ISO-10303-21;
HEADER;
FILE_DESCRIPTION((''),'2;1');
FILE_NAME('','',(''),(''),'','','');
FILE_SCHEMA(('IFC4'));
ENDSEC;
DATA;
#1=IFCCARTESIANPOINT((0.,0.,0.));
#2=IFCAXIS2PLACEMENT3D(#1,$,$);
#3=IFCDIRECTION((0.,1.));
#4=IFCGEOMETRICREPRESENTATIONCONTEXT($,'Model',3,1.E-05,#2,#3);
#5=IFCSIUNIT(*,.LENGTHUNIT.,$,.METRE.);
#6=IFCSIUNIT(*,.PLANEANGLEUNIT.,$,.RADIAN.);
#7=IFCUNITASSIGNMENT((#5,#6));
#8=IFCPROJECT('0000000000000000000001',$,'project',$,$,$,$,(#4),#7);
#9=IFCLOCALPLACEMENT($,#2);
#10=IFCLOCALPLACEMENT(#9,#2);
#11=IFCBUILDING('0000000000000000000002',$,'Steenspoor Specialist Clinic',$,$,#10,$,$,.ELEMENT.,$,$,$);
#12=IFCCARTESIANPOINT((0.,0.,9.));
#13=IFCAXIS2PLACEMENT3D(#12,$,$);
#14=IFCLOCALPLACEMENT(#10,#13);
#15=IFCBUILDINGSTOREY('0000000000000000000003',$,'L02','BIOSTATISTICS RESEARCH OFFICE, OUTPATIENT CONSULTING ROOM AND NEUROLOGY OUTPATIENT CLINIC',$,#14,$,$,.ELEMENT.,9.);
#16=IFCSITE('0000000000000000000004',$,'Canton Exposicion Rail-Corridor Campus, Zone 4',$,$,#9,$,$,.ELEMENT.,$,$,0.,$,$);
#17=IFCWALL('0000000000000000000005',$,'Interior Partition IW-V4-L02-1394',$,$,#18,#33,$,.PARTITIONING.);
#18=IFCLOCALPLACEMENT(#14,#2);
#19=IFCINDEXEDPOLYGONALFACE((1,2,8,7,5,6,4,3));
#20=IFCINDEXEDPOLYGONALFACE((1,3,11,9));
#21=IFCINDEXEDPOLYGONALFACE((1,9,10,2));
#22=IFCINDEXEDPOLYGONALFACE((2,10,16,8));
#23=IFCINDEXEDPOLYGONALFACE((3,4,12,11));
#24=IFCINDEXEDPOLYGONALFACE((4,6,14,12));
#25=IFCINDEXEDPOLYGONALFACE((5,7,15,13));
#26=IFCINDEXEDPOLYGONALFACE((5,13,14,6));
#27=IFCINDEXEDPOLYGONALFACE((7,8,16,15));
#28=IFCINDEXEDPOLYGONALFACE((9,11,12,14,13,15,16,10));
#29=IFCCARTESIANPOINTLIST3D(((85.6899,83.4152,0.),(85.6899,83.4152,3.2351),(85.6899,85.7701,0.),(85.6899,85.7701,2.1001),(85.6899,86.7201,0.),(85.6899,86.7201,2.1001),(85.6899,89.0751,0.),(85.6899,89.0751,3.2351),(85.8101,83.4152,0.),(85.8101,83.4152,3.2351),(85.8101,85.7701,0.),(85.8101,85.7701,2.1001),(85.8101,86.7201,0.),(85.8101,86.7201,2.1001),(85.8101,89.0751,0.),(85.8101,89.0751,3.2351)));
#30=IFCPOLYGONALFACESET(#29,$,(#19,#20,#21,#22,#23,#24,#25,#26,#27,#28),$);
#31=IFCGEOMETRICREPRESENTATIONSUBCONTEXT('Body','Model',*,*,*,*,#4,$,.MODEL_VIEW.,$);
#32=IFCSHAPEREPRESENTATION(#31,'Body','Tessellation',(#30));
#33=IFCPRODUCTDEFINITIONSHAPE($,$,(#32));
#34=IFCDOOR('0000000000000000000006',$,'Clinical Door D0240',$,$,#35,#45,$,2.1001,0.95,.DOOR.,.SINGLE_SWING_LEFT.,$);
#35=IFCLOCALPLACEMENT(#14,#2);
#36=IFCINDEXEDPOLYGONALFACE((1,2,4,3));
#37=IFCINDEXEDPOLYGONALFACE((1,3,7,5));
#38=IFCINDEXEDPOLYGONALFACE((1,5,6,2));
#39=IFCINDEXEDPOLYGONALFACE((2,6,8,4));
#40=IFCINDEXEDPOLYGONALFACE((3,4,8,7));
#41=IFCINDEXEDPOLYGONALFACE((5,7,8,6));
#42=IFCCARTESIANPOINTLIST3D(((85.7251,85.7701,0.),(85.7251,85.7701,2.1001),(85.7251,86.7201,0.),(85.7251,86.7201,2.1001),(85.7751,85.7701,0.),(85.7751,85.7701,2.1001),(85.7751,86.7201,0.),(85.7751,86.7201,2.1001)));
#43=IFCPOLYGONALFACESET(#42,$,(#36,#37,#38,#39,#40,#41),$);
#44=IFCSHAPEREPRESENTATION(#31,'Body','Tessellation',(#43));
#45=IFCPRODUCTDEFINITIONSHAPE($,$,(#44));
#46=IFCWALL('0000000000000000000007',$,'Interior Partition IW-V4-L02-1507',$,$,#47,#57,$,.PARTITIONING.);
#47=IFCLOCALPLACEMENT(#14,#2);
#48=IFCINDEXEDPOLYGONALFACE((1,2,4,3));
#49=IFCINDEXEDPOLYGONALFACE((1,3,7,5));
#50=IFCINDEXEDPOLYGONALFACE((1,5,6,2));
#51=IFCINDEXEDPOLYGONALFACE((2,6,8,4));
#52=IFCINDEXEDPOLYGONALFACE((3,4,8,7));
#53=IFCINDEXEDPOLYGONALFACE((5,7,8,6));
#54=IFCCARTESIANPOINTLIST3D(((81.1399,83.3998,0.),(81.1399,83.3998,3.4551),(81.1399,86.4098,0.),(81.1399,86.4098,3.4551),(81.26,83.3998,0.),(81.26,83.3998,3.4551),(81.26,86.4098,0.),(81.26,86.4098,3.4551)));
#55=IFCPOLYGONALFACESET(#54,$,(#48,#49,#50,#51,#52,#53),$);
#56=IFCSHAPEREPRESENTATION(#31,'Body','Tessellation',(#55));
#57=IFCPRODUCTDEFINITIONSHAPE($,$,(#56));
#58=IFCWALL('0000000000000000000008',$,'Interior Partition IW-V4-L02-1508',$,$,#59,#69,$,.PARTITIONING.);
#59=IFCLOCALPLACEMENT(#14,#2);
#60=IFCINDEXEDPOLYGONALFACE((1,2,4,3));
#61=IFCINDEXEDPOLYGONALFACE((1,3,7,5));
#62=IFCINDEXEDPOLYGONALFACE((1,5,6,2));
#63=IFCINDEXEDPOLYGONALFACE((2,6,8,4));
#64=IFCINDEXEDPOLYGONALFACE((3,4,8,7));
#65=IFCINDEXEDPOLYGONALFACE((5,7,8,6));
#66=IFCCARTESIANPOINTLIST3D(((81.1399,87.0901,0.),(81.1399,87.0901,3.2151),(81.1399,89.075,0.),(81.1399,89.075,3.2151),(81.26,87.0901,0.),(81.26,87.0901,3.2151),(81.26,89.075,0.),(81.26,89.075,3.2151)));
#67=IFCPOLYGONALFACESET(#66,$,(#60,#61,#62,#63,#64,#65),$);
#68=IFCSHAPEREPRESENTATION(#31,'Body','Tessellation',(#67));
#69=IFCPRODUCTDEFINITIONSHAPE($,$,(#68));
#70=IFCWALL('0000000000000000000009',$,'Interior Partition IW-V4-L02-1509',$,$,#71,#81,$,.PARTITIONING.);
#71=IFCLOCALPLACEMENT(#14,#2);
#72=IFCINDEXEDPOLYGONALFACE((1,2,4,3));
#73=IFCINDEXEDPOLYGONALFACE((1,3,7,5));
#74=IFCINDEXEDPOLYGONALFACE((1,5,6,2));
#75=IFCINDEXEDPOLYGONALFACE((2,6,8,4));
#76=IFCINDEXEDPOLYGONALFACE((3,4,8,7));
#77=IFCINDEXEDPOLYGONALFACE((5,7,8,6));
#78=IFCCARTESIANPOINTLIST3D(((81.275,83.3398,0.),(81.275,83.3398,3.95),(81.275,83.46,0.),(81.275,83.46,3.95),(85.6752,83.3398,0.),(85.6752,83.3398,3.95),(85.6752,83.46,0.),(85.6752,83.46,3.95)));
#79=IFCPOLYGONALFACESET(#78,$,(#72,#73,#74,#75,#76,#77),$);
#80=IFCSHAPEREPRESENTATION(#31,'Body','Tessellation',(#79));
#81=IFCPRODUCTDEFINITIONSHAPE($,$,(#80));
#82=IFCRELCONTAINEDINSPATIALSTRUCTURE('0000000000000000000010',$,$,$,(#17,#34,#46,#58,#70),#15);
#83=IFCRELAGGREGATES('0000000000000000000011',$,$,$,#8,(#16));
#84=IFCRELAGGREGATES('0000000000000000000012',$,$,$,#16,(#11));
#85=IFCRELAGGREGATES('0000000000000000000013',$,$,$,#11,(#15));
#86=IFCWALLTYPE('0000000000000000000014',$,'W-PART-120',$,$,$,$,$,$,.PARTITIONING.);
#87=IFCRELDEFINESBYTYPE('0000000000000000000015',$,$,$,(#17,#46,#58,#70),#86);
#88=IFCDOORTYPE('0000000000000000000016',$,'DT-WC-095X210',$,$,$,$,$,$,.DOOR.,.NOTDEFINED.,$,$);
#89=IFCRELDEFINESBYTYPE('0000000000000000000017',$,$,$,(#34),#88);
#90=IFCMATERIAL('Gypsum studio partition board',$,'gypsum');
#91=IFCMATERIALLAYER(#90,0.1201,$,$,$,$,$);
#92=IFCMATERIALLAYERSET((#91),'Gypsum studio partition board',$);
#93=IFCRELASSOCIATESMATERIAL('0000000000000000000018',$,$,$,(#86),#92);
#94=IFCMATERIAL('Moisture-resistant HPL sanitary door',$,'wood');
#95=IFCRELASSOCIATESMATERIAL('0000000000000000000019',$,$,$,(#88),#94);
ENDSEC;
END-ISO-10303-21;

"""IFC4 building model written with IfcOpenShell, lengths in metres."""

from ifc_helpers import new_model, si_unit, direction, frame, frame_2d, origin, place, context, subcontext, project, spatial, rectangle, extrude, material, layer, layer_set, type_object, element, fill, save


model = new_model("IFC4")

# Units and contexts
model_context = context("Model", 3, precision=1e-05, world=origin(), true_north=direction((0.0, 1.0)))
body_context = subcontext(model_context, "Body", "Model", "MODEL_VIEW")
ifc_project = project(units=[si_unit("LENGTHUNIT", "METRE"), si_unit("PLANEANGLEUNIT", "RADIAN")], contexts=[model_context])

# Site, building, storey
site_placement = place(None, origin())
site = spatial("IfcSite", under=ifc_project, at=site_placement, Name="Canton Exposicion Rail-Corridor Campus, Zone 4", CompositionType="ELEMENT", RefElevation=0.0)
building_placement = place(site_placement, origin())
building = spatial("IfcBuilding", under=site, at=building_placement, Name="Steenspoor Specialist Clinic", CompositionType="ELEMENT")
storey_placement = place(building_placement, frame((0.0, 0.0, 9.0)))
storey = spatial("IfcBuildingStorey", under=building, at=storey_placement, Name="L02", Description="BIOSTATISTICS RESEARCH OFFICE, OUTPATIENT CONSULTING ROOM AND NEUROLOGY OUTPATIENT CLINIC", CompositionType="ELEMENT", Elevation=9.0)

# Shared definitions
ifc_material_1 = material(Name="Gypsum studio partition board", Category="gypsum")
ifc_layer_1 = layer(ifc_material_1, 0.1201)
ifc_layer_set_1 = layer_set([ifc_layer_1], Name="Gypsum studio partition board")
wall_type_1 = type_object("IfcWallType", Name="W-PART-120", PredefinedType="PARTITIONING", material=ifc_layer_set_1)

# Wall, opening, door
wall_1_placement = place(storey_placement, frame((85.75, 83.415, 0.0), z_axis=(0.0, 0.0, 1.0), x_axis=(0.0, 1.0, 0.0)))
wall_1 = element("IfcWall", 1, at=wall_1_placement, inside=storey, type_object=wall_type_1, Name="Interior Partition IW-V4-L02-1394", PredefinedType="PARTITIONING", context=body_context, shape_type="SweptSolid", body=[
    extrude(rectangle(XDim=5.6599, YDim=0.1201, at=frame_2d((2.8301, 0.0))), origin(), (0.0, 0.0, 1.0), 3.2351),
])
opening_1_placement = place(wall_1_placement, frame((2.355, 0.0, 0.0)))
opening_1 = element("IfcOpeningElement", 2, at=opening_1_placement, cuts=wall_1, PredefinedType="OPENING", context=body_context, shape_type="SweptSolid", body=[
    extrude(rectangle(XDim=0.95, YDim=2.1001, at=frame_2d((0.4751, 1.05))), frame((0.0, 0.0701, 0.0), z_axis=(0.0, -1.0, 0.0), x_axis=(1.0, 0.0, 0.0)), (0.0, 0.0, 1.0), 0.1401),
])
ifc_material_2 = material(Name="Moisture-resistant HPL sanitary door", Category="wood")
door_type_1 = type_object("IfcDoorType", Name="DT-WC-095X210", OperationType="NOTDEFINED", PredefinedType="DOOR", material=ifc_material_2)
door_1_placement = place(opening_1_placement, origin())
door_1 = element("IfcDoor", 3, at=door_1_placement, inside=storey, type_object=door_type_1, Name="Clinical Door D0240", OperationType="SINGLE_SWING_LEFT", OverallHeight=2.1001, OverallWidth=0.95, PredefinedType="DOOR", context=body_context, shape_type="SweptSolid", body=[
    extrude(rectangle(XDim=0.95, YDim=2.1001, at=frame_2d((0.4751, 1.05))), frame((0.0, 0.0249, 0.0), z_axis=(0.0, -1.0, 0.0), x_axis=(1.0, 0.0, 0.0)), (0.0, 0.0, 1.0), 0.05),
])
fill(opening_1, door_1)

# Walls
wall_2_placement = place(storey_placement, frame((81.2, 83.3999, 0.0), z_axis=(0.0, 0.0, 1.0), x_axis=(0.0, 1.0, 0.0)))
element("IfcWall", 4, at=wall_2_placement, inside=storey, type_object=wall_type_1, Name="Interior Partition IW-V4-L02-1507", PredefinedType="PARTITIONING", context=body_context, shape_type="SweptSolid", body=[
    extrude(rectangle(XDim=3.01, YDim=0.1201, at=frame_2d((1.5049, 0.0))), origin(), (0.0, 0.0, 1.0), 3.4551),
])
wall_3_placement = place(storey_placement, frame((81.2, 87.0901, 0.0), z_axis=(0.0, 0.0, 1.0), x_axis=(0.0, 1.0, 0.0)))
element("IfcWall", 5, at=wall_3_placement, inside=storey, type_object=wall_type_1, Name="Interior Partition IW-V4-L02-1508", PredefinedType="PARTITIONING", context=body_context, shape_type="SweptSolid", body=[
    extrude(rectangle(XDim=1.9849, YDim=0.1201, at=frame_2d((0.9924, 0.0))), origin(), (0.0, 0.0, 1.0), 3.2151),
])
wall_4_placement = place(storey_placement, frame((81.2749, 83.3999, 0.0), z_axis=(0.0, 0.0, 1.0), x_axis=(1.0, 0.0, 0.0)))
element("IfcWall", 6, at=wall_4_placement, inside=storey, type_object=wall_type_1, Name="Interior Partition IW-V4-L02-1509", PredefinedType="PARTITIONING", context=body_context, shape_type="SweptSolid", body=[
    extrude(rectangle(XDim=4.4001, YDim=0.1201, at=frame_2d((2.2002, 0.0))), origin(), (0.0, 0.0, 1.0), 3.95),
])

save(model, "model.ifc")
